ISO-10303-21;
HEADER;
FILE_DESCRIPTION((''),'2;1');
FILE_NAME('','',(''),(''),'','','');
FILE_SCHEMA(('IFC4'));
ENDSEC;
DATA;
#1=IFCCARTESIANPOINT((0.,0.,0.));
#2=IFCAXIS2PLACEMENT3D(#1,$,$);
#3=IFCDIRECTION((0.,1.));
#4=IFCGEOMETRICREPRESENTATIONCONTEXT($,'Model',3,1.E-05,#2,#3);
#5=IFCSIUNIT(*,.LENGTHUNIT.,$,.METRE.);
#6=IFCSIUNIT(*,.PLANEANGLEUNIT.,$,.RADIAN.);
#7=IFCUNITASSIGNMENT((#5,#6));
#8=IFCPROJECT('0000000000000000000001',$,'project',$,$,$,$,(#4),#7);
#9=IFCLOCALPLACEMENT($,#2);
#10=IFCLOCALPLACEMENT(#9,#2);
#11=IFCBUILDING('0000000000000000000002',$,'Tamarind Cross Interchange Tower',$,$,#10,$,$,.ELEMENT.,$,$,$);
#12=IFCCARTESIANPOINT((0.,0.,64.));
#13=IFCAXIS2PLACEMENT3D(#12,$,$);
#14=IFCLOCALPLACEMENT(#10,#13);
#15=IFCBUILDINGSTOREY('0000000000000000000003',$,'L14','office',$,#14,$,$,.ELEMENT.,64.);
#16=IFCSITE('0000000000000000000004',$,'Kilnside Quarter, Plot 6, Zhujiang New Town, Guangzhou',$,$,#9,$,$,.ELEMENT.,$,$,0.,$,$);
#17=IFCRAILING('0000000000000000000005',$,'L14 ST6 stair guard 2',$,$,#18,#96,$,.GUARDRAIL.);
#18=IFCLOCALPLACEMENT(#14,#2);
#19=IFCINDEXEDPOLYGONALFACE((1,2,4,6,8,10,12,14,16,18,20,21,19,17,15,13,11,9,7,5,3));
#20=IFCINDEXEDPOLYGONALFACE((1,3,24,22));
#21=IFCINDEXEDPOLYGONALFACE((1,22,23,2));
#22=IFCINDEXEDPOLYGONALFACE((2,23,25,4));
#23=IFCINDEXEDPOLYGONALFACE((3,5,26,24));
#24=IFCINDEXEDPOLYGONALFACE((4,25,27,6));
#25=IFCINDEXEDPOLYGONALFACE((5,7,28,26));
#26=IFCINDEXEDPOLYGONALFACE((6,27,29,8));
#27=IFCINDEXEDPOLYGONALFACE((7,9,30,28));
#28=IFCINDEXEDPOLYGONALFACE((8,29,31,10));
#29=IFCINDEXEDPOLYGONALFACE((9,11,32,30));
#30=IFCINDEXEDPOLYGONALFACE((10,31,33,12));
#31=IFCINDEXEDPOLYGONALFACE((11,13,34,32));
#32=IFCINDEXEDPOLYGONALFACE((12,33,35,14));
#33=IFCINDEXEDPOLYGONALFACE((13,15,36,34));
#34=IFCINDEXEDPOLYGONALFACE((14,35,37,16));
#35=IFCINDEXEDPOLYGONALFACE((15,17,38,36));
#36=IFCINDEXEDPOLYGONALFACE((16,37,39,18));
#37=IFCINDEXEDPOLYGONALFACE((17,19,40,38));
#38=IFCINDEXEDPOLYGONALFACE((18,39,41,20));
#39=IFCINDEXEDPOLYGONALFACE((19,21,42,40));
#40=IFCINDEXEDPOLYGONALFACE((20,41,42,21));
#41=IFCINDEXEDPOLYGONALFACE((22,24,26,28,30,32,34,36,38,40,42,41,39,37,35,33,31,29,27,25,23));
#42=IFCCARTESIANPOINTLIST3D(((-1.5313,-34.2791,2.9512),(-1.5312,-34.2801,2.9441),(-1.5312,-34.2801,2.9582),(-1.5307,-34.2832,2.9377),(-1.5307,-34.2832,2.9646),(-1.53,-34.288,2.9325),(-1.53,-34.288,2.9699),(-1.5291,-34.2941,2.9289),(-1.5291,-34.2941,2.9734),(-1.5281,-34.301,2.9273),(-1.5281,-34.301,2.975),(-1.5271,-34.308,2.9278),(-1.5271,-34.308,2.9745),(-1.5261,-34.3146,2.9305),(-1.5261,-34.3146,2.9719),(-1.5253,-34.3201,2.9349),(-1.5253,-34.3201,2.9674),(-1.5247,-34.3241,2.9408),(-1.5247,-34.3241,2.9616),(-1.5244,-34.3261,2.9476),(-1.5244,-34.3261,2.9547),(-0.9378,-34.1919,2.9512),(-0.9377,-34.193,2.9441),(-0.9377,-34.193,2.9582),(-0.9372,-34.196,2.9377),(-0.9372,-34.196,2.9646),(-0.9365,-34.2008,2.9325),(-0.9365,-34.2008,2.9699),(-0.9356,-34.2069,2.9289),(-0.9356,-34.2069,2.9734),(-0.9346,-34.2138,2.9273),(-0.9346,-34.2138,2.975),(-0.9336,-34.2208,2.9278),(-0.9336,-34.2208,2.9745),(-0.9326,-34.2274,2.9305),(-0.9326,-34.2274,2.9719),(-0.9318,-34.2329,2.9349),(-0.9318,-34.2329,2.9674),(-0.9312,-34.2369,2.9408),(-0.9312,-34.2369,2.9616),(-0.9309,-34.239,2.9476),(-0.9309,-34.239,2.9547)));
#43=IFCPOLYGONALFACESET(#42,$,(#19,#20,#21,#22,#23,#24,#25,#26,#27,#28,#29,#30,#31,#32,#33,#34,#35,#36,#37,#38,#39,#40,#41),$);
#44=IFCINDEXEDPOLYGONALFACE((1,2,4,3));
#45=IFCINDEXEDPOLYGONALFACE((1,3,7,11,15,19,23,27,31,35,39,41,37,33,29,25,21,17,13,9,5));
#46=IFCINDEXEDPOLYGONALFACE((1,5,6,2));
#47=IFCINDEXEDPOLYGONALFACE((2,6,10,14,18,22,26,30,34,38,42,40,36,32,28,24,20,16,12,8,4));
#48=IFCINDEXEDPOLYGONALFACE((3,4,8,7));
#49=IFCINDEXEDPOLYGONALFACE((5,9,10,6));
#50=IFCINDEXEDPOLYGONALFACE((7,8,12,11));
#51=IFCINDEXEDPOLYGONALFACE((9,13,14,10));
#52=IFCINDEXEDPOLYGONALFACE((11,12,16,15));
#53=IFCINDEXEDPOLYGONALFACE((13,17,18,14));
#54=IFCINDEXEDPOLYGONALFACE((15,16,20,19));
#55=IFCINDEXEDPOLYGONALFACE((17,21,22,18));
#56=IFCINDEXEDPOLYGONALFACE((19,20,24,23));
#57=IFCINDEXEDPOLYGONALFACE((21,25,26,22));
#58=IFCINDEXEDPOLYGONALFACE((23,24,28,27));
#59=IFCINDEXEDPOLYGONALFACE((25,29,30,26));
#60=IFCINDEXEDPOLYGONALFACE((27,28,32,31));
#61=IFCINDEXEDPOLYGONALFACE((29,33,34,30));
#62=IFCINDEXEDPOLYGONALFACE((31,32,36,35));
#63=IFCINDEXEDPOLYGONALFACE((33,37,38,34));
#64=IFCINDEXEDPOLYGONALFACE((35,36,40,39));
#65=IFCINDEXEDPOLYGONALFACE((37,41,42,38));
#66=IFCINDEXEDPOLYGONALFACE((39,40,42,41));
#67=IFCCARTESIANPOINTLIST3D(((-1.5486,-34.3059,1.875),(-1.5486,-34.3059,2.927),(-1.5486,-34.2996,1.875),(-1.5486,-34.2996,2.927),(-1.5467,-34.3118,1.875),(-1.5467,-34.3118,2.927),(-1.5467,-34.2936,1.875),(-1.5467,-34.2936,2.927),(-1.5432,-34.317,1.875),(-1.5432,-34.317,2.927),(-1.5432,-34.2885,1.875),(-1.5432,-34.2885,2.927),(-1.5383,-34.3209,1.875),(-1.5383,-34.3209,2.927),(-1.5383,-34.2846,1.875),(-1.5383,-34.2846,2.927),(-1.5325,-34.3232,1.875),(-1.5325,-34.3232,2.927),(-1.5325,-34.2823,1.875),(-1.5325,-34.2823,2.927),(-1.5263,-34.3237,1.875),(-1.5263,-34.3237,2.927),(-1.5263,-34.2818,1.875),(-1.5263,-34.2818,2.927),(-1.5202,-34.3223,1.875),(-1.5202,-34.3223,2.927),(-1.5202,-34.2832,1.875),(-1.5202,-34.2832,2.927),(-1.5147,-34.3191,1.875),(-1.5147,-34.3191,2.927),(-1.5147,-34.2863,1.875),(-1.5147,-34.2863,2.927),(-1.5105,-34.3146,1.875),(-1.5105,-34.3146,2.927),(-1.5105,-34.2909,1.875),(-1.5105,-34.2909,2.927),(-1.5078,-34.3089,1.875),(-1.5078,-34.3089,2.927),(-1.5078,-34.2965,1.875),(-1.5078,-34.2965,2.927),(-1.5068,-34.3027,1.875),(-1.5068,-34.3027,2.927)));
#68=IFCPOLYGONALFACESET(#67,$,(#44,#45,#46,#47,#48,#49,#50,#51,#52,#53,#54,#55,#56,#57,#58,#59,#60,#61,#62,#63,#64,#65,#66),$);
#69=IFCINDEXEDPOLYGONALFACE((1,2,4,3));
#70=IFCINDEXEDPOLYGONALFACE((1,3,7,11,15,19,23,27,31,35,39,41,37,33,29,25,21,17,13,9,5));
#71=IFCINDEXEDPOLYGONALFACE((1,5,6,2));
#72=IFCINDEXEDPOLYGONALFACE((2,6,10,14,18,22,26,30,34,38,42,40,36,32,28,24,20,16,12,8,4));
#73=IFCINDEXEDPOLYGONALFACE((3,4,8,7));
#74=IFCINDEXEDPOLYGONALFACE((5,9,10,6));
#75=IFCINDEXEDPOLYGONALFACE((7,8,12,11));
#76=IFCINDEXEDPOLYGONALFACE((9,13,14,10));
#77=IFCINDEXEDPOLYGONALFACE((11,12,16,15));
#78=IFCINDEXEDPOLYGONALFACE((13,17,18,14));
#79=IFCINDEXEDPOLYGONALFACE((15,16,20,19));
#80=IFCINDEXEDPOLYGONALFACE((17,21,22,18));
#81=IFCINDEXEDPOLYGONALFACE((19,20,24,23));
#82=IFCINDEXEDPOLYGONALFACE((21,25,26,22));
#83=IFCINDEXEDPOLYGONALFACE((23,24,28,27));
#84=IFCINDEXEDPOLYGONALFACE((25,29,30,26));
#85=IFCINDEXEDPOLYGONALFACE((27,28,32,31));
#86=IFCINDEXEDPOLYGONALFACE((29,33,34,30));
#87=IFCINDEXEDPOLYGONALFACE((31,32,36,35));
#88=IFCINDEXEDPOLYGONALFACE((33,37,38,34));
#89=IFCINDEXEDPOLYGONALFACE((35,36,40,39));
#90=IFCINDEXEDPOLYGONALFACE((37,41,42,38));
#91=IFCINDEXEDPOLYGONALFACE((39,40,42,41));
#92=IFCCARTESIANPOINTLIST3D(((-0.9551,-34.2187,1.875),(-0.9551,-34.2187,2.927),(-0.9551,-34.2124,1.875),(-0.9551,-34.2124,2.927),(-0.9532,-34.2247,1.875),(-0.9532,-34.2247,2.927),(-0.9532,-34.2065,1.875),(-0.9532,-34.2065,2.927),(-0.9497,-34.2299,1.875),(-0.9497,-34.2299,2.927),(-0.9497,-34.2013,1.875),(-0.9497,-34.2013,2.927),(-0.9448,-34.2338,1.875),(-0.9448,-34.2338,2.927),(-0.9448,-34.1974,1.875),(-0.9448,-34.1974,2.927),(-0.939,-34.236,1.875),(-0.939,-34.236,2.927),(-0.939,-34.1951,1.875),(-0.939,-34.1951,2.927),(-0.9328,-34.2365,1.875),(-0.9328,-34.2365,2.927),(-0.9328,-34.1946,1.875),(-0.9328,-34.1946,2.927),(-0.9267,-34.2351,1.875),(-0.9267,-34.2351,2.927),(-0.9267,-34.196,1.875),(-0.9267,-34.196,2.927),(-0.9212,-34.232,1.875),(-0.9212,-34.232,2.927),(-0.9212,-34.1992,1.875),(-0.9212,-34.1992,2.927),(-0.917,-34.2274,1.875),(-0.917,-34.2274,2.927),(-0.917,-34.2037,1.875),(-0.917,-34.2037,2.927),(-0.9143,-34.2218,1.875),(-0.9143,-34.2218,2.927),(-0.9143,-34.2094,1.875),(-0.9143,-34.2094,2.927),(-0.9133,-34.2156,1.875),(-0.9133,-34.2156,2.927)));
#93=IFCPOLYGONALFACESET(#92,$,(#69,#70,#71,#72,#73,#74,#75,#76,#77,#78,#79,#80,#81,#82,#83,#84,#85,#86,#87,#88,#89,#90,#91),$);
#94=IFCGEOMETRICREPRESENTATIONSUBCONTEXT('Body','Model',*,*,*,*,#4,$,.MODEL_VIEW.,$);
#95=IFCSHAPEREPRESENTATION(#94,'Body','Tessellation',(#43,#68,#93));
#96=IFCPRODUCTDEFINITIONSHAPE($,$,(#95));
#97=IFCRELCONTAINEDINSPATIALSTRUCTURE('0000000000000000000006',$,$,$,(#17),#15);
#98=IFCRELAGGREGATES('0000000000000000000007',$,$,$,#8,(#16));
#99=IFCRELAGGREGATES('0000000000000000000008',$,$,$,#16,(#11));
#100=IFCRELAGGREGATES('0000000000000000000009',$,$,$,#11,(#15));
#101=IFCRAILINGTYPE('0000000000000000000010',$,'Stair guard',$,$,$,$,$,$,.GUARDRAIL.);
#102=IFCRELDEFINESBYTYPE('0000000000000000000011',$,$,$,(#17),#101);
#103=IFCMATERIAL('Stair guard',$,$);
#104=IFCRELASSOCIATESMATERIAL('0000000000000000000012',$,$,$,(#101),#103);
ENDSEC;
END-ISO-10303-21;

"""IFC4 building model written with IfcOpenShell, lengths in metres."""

from ifc_helpers import new_model, si_unit, direction, frame, origin, origin_2d, place, context, subcontext, project, spatial, circle, extrude, material, type_object, element, save


model = new_model("IFC4")

# Units and contexts
model_context = context("Model", 3, precision=1e-05, world=origin(), true_north=direction((0.0, 1.0)))
body_context = subcontext(model_context, "Body", "Model", "MODEL_VIEW")
ifc_project = project(units=[si_unit("LENGTHUNIT", "METRE"), si_unit("PLANEANGLEUNIT", "RADIAN")], contexts=[model_context])

# Site, building, storey
site_placement = place(None, origin())
site = spatial("IfcSite", under=ifc_project, at=site_placement, Name="Kilnside Quarter, Plot 6, Zhujiang New Town, Guangzhou", CompositionType="ELEMENT", RefElevation=0.0)
building_placement = place(site_placement, origin())
building = spatial("IfcBuilding", under=site, at=building_placement, Name="Tamarind Cross Interchange Tower", CompositionType="ELEMENT")
storey_placement = place(building_placement, frame((0.0, 0.0, 64.0)))
storey = spatial("IfcBuildingStorey", under=building, at=storey_placement, Name="L14", Description="office", CompositionType="ELEMENT", Elevation=64.0)

# Railing
ifc_material_1 = material(Name="Stair guard")
railing_type_1 = type_object("IfcRailingType", Name="Stair guard", PredefinedType="GUARDRAIL", material=ifc_material_1)
railing_1_placement = place(storey_placement, frame((-1.5278, -34.3027, 1.875)))
element("IfcRailing", 1, at=railing_1_placement, inside=storey, type_object=railing_type_1, Name="L14 ST6 stair guard 2", PredefinedType="GUARDRAIL", context=body_context, shape_type="SweptSolid", body=[
    extrude(circle(Radius=0.0239, at=origin_2d()), frame((0.0, 0.0, 1.0762), z_axis=(0.989388, 0.145295, 0.0), x_axis=(-0.145295, 0.989388, 0.0)), (0.0, 0.0, 1.0), 0.5999),
    extrude(circle(Radius=0.021, at=origin_2d()), origin(), (0.0, 0.0, 1.0), 1.052),
    extrude(circle(Radius=0.021, at=origin_2d()), frame((0.5935, 0.0872, 0.0)), (0.0, 0.0, 1.0), 1.052),
])

save(model, "model.ifc")
